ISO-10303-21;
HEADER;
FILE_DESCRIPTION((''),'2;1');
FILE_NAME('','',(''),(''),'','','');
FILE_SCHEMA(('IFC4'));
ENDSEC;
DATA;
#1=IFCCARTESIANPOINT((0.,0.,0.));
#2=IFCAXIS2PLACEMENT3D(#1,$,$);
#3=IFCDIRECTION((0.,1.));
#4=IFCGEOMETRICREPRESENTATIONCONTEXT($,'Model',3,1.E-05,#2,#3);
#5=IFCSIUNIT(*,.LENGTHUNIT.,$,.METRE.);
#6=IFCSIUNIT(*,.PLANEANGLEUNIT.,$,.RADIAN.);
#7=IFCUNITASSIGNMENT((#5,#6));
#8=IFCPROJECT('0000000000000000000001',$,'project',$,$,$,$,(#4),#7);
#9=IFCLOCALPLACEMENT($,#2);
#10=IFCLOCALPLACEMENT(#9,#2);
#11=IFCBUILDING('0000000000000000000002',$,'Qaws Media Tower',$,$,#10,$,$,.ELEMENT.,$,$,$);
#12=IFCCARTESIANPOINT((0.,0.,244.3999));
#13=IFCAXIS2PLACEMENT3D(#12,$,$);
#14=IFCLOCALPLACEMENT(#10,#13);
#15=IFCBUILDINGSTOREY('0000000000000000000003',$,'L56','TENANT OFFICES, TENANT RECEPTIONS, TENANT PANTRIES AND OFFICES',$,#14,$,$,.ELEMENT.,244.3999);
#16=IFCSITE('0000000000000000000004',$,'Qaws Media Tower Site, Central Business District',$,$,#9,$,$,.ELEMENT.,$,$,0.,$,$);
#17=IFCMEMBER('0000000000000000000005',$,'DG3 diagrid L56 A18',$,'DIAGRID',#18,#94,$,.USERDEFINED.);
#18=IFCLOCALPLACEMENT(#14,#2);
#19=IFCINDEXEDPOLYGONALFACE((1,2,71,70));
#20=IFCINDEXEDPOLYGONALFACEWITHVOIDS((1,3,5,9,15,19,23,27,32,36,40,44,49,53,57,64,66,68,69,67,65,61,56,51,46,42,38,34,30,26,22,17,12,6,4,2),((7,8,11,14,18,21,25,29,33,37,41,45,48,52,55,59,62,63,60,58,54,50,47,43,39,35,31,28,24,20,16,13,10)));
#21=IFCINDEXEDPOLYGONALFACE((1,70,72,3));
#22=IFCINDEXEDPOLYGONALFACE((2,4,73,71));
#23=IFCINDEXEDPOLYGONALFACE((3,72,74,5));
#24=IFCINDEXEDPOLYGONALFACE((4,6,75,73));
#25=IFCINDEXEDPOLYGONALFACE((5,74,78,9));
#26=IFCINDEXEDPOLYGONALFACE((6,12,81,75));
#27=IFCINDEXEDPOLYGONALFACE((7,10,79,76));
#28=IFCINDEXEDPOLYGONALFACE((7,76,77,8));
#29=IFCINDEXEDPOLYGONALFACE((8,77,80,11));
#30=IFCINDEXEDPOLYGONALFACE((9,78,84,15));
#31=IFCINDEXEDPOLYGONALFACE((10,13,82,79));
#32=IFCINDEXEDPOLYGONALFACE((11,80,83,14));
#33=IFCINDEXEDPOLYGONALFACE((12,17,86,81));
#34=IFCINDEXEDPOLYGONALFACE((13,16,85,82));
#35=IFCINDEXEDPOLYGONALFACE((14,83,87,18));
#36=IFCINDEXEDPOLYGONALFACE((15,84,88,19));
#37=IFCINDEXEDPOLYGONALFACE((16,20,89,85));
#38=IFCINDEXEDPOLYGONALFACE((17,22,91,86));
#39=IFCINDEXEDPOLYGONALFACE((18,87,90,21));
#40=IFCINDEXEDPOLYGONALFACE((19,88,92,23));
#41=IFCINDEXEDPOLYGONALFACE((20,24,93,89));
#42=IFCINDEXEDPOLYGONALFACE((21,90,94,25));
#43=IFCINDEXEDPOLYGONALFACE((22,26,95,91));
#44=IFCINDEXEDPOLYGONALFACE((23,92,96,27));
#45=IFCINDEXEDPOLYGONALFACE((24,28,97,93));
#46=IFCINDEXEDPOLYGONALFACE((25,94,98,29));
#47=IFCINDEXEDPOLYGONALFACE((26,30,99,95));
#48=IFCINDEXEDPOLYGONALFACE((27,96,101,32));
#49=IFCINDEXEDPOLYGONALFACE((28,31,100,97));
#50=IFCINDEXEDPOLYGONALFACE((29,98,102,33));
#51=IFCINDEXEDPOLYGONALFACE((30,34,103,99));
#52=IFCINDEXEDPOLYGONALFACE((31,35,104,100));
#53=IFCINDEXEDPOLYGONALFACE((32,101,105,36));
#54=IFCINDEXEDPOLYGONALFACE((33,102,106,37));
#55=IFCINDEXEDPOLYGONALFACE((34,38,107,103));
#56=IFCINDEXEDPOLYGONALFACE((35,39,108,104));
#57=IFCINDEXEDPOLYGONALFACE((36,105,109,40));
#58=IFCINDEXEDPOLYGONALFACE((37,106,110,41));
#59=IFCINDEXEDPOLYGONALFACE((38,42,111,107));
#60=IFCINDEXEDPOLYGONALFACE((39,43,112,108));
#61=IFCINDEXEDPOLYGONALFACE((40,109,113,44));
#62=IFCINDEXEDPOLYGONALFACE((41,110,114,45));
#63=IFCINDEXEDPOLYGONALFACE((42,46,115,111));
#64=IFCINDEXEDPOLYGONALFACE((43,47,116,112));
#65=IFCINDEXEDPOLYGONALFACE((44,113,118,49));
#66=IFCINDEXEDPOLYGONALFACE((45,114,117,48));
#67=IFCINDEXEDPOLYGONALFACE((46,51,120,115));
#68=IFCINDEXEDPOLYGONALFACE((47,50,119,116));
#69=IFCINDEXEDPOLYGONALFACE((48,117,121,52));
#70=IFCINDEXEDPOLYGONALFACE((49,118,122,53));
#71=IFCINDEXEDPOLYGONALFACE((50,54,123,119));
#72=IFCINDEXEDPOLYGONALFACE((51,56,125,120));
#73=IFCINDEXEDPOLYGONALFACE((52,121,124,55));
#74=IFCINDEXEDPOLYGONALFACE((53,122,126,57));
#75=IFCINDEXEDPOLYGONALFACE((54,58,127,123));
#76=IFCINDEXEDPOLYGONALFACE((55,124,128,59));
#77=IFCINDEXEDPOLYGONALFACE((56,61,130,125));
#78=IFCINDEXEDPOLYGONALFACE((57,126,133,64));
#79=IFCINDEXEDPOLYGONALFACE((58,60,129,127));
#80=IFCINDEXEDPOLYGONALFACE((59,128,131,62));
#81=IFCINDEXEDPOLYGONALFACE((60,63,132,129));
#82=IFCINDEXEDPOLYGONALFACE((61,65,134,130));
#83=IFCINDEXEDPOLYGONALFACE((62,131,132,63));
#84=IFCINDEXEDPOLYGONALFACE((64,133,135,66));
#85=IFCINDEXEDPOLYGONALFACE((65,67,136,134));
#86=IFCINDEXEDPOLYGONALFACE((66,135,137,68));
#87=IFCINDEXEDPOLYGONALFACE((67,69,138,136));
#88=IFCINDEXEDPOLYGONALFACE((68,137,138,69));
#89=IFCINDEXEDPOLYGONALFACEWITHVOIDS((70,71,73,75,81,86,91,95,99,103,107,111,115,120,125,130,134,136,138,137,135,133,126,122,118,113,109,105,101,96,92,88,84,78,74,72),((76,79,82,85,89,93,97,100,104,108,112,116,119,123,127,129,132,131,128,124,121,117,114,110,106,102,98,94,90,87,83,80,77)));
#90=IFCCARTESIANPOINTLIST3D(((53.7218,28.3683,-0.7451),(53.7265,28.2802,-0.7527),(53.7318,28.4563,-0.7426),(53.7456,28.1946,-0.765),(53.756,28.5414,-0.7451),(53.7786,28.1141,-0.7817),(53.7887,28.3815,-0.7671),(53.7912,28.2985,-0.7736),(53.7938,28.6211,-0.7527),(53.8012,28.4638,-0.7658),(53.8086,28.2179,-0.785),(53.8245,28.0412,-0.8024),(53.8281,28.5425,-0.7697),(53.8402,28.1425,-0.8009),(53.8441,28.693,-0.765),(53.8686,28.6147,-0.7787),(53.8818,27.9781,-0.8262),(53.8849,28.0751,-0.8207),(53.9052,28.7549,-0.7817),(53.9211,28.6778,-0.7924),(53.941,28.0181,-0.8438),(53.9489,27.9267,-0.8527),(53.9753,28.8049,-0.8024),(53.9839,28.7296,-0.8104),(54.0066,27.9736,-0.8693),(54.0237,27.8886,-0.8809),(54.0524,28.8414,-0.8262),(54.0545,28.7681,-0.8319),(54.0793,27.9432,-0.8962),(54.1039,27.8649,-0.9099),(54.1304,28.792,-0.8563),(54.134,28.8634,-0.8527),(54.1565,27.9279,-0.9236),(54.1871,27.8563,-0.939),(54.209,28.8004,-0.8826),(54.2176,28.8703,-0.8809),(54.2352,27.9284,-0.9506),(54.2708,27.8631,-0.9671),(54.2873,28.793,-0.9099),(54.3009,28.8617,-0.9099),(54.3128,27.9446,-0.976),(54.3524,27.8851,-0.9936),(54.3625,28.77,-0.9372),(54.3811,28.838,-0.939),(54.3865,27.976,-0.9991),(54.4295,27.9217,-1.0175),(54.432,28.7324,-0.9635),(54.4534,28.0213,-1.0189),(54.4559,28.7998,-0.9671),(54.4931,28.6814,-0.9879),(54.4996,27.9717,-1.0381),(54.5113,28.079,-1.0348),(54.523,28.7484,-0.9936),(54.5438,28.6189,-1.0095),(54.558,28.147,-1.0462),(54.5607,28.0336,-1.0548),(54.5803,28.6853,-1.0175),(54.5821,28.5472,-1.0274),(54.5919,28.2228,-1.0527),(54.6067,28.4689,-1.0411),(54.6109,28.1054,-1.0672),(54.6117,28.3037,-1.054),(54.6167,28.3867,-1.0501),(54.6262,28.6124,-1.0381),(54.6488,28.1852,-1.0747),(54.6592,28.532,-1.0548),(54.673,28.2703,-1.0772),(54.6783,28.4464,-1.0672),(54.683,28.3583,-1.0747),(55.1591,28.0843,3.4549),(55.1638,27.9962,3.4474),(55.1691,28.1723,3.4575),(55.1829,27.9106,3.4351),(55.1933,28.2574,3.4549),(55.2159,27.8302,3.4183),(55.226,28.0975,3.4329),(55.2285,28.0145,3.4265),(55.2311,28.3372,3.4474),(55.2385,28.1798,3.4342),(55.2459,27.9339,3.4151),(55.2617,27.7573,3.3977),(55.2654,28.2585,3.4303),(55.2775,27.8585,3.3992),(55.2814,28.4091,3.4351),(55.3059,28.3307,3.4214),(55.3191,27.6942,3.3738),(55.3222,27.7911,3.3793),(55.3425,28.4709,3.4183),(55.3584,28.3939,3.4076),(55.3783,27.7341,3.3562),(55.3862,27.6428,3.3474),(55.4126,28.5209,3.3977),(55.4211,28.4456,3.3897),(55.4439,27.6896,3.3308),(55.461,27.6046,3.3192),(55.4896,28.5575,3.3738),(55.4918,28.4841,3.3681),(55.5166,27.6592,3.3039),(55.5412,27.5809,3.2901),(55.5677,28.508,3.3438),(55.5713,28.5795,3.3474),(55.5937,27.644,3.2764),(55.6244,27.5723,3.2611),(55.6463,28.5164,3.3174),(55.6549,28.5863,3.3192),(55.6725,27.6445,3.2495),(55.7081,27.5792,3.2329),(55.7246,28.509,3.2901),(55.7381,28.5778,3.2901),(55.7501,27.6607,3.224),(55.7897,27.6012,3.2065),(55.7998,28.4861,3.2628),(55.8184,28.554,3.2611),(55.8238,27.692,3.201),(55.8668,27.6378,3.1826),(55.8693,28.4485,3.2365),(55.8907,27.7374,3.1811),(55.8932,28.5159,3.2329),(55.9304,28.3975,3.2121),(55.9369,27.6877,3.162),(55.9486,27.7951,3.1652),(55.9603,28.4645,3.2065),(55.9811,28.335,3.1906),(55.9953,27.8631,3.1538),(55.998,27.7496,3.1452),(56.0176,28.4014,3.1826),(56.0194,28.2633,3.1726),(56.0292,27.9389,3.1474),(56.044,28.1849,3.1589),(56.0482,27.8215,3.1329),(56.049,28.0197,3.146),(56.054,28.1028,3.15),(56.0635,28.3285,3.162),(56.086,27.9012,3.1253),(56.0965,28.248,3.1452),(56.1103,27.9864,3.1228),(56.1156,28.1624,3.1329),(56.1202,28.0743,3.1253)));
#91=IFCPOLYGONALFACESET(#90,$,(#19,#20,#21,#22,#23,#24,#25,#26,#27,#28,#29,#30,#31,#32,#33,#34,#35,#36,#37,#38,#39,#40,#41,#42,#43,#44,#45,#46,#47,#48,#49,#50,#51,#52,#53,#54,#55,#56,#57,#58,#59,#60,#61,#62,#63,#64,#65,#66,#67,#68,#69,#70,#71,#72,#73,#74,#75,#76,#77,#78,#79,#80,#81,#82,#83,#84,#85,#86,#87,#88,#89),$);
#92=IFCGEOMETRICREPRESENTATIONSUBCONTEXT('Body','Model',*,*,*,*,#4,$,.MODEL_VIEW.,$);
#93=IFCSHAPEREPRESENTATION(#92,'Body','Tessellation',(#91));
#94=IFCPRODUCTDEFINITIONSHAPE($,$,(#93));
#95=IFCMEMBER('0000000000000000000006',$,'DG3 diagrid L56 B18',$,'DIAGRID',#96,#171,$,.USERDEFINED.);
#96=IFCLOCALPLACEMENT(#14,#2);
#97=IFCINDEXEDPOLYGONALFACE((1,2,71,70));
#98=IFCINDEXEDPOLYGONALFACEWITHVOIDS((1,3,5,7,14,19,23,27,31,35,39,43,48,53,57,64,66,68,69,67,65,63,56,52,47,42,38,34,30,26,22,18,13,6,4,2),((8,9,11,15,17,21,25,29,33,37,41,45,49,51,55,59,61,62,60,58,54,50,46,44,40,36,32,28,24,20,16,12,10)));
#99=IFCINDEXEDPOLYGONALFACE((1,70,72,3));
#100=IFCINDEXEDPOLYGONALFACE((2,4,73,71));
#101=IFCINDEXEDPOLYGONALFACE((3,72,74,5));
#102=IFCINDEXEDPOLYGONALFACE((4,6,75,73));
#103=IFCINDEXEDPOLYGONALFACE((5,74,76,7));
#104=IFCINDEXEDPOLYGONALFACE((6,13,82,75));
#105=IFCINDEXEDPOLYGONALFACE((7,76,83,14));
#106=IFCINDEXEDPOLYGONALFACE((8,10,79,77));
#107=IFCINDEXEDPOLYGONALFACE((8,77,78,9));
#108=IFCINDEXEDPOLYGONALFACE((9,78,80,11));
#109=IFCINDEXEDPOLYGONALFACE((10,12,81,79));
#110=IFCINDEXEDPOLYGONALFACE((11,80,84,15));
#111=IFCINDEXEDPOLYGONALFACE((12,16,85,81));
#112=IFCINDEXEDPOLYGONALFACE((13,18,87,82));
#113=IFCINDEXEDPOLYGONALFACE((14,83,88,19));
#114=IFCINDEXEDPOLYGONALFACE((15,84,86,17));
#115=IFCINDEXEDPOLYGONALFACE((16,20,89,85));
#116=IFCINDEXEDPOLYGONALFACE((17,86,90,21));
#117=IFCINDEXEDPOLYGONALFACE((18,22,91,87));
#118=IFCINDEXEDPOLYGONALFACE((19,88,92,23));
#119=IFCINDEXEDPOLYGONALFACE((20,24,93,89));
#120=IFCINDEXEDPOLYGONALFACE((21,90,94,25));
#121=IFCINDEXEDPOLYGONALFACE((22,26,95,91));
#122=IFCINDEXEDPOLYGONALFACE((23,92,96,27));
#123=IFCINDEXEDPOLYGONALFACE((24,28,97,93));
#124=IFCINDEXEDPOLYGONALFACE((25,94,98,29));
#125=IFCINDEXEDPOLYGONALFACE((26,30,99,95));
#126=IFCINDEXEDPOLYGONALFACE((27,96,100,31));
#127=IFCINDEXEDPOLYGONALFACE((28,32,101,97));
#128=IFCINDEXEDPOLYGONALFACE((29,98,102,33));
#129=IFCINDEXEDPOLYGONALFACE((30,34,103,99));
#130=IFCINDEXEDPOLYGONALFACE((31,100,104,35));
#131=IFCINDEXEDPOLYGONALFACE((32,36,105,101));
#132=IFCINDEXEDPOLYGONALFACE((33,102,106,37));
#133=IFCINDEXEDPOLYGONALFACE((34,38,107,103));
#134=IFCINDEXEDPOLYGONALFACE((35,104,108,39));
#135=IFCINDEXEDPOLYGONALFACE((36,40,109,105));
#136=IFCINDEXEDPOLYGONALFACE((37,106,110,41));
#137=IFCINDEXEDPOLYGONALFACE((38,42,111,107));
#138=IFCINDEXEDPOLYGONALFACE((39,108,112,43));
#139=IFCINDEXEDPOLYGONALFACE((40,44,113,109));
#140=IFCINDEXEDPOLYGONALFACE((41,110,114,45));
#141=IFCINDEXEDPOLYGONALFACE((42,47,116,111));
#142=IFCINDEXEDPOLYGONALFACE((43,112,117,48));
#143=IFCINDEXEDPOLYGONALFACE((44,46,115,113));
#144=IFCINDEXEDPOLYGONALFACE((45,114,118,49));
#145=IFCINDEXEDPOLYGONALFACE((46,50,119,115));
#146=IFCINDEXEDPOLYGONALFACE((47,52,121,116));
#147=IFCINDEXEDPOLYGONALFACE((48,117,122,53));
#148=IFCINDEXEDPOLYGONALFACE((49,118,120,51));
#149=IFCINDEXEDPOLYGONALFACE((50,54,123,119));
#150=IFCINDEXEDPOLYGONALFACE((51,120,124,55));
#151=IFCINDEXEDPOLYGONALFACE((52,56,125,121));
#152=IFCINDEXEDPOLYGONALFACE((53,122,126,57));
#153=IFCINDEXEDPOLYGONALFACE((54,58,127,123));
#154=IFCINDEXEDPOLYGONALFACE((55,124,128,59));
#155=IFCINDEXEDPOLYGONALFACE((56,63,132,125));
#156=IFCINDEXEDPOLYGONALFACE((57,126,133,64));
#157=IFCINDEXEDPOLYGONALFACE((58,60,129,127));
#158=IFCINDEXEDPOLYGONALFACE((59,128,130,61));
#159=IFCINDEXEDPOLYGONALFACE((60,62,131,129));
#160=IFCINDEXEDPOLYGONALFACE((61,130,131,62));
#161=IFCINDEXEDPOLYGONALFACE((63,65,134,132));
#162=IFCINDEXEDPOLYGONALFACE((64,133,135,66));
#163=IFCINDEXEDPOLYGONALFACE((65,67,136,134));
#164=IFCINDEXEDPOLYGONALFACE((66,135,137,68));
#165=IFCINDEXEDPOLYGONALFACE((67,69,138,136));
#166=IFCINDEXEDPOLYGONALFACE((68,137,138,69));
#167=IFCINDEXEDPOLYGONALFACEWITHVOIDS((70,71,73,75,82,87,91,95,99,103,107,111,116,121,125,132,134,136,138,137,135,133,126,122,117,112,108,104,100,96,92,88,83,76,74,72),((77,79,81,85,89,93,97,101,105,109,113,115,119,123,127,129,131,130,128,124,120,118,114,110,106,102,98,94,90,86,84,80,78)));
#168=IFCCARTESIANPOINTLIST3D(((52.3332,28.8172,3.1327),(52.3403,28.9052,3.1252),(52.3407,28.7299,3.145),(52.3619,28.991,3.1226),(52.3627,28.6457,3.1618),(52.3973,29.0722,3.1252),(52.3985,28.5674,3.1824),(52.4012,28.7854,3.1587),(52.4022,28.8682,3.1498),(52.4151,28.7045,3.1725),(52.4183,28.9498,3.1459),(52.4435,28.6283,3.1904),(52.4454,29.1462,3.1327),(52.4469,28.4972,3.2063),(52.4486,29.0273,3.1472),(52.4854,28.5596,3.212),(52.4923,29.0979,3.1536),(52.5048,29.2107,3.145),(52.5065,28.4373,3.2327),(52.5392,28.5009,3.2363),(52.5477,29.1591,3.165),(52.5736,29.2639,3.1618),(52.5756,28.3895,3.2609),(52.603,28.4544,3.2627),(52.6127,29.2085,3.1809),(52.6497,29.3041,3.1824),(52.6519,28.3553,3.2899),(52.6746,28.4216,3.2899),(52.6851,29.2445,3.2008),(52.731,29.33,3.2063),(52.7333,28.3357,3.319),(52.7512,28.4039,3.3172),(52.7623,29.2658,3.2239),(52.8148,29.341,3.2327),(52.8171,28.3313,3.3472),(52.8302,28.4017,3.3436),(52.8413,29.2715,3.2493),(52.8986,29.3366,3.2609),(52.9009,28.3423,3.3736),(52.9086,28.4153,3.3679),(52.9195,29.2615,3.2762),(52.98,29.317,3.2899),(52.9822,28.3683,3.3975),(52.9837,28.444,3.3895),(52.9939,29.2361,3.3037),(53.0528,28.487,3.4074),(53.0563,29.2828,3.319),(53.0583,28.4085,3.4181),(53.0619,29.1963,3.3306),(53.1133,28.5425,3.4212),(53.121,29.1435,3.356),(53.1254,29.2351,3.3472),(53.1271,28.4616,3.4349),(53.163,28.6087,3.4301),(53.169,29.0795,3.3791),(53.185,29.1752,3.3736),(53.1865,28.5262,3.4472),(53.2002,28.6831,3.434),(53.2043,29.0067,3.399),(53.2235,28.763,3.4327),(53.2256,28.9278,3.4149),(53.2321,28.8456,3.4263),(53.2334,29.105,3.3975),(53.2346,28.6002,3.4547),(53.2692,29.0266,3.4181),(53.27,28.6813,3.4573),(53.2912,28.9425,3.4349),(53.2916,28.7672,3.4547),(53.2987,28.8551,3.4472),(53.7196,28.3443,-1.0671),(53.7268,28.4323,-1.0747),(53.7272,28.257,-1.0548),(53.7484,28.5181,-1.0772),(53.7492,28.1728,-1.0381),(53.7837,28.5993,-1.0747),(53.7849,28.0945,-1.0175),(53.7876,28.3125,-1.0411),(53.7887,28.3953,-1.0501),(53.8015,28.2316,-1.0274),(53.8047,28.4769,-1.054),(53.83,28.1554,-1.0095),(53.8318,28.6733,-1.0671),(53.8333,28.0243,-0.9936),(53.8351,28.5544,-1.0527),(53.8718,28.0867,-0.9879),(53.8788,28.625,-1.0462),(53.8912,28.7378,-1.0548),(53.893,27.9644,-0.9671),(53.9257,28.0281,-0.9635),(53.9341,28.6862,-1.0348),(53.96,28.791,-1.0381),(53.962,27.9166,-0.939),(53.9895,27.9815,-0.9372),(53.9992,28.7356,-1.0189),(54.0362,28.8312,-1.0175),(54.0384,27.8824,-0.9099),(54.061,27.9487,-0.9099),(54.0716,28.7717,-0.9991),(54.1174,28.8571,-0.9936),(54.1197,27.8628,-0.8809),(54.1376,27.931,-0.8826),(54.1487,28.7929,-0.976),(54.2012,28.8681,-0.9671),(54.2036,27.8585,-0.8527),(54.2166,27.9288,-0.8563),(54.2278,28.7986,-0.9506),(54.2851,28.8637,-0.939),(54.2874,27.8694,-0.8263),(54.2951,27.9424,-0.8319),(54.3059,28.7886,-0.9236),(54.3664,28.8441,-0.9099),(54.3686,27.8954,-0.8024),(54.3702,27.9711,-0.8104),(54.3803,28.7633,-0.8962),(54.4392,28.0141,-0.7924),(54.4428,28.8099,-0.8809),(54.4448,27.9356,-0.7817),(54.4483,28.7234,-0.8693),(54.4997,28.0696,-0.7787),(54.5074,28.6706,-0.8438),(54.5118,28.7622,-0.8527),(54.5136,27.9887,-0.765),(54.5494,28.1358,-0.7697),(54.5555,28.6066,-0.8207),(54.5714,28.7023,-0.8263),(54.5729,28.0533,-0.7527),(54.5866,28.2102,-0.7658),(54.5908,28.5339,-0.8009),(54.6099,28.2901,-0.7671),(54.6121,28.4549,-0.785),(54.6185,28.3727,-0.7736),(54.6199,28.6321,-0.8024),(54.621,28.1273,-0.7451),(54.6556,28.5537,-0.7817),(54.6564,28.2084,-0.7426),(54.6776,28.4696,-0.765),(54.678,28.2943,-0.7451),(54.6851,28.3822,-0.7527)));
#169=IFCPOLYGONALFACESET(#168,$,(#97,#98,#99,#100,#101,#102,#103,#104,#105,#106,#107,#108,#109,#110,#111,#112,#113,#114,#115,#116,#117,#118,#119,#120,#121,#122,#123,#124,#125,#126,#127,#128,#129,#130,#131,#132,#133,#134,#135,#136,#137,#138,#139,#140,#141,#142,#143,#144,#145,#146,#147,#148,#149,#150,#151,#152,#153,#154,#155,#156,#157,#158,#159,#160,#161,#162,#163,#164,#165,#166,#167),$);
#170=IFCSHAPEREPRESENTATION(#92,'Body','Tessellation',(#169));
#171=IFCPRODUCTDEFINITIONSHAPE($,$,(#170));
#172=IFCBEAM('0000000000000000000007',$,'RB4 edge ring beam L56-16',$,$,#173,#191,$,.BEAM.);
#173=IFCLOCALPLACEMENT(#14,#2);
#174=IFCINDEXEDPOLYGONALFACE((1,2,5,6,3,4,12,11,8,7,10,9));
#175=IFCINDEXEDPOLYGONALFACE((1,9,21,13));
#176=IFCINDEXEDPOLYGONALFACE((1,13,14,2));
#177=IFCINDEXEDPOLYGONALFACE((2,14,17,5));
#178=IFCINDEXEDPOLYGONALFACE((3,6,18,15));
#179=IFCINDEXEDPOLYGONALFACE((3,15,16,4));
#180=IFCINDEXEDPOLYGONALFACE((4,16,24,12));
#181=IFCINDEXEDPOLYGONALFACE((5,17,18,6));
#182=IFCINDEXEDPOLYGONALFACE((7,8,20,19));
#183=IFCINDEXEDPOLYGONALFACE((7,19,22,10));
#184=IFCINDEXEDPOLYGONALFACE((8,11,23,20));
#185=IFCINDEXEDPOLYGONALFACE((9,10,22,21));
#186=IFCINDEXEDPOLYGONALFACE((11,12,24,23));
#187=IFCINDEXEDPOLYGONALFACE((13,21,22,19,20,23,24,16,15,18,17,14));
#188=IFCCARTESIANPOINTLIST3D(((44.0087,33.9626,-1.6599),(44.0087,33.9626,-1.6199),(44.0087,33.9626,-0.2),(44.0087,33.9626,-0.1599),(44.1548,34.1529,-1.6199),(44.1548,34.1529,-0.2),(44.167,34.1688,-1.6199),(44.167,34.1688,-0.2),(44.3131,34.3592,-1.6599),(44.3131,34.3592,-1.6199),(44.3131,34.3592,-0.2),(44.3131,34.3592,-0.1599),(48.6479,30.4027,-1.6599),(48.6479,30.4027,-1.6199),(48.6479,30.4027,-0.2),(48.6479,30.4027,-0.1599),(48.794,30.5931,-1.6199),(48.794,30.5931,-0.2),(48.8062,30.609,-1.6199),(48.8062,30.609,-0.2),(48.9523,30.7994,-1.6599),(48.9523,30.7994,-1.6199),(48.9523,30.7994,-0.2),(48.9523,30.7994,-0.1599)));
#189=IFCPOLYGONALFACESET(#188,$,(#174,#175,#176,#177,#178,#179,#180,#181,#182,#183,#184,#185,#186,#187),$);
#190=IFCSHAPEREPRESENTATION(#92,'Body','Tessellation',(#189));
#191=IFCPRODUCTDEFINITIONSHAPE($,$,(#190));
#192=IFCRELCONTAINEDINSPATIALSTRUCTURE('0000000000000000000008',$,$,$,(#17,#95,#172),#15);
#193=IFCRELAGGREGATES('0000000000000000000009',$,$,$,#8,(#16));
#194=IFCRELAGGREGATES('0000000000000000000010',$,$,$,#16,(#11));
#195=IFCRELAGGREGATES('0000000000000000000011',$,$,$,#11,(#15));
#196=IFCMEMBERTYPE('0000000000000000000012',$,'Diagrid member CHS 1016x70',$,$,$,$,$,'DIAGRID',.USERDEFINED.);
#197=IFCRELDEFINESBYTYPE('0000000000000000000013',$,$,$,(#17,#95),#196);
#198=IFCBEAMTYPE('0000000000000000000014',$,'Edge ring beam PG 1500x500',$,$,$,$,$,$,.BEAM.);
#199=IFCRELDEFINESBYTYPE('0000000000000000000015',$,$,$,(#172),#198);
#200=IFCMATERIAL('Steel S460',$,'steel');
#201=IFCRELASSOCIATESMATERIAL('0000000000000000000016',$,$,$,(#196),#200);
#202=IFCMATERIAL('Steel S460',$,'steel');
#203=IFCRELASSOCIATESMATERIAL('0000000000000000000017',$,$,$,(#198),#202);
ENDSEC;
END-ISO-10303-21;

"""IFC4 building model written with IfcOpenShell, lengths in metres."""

from ifc_helpers import new_model, si_unit, direction, frame, origin, origin_2d, place, context, subcontext, project, spatial, hollow_circle, i_section, extrude, material, material_profile, profile_set, type_object, element, save


model = new_model("IFC4")

# Units and contexts
model_context = context("Model", 3, precision=1e-05, world=origin(), true_north=direction((0.0, 1.0)))
body_context = subcontext(model_context, "Body", "Model", "MODEL_VIEW")
ifc_project = project(units=[si_unit("LENGTHUNIT", "METRE"), si_unit("PLANEANGLEUNIT", "RADIAN")], contexts=[model_context])

# Site, building, storey
site_placement = place(None, origin())
site = spatial("IfcSite", under=ifc_project, at=site_placement, Name="Qaws Media Tower Site, Central Business District", CompositionType="ELEMENT", RefElevation=0.0)
building_placement = place(site_placement, origin())
building = spatial("IfcBuilding", under=site, at=building_placement, Name="Qaws Media Tower", CompositionType="ELEMENT")
storey_placement = place(building_placement, frame((0.0, 0.0, 244.3999)))
storey = spatial("IfcBuildingStorey", under=building, at=storey_placement, Name="L56", Description="TENANT OFFICES, TENANT RECEPTIONS, TENANT PANTRIES AND OFFICES", CompositionType="ELEMENT", Elevation=244.3999)

# Members
ifc_material_1 = material(Name="Steel S460", Category="steel")
ifc_material_profile_1 = material_profile(ifc_material_1, hollow_circle(Radius=0.5081, WallThickness=0.0701, at=origin_2d()), Name="CHS 1016x70")
ifc_profile_set_1 = profile_set([ifc_material_profile_1], Name="Steel S460")
member_type_1 = type_object("IfcMemberType", Name="Diagrid member CHS 1016x70", ElementType="DIAGRID", PredefinedType="USERDEFINED", material=ifc_profile_set_1)
for number, where, z_axis, x_axis, name in (
    (1, (54.2024, 28.3633, -0.9099), (0.323114, -0.063832, 0.944205), (0.193808, 0.981039, 0.0), "DG3 diagrid L56 A18"),
):
    element("IfcMember", number, at=place(storey_placement, frame(where, z_axis=z_axis, x_axis=x_axis)), inside=storey, type_object=member_type_1, Name=name, ObjectType="DIAGRID", PredefinedType="USERDEFINED", context=body_context, shape_type="SweptSolid", body=[
        extrude(hollow_circle(Radius=0.5081, WallThickness=0.0701, at=origin_2d()), origin(), (0.0, 0.0, 1.0), 4.4482),
    ])
member_1_placement = place(storey_placement, frame((54.2024, 28.3633, -0.9099), z_axis=(-0.311701, 0.106315, 0.944214), x_axis=(-0.32282, -0.94646, 0.0)))
element("IfcMember", 2, at=member_1_placement, inside=storey, type_object=member_type_1, Name="DG3 diagrid L56 B18", ObjectType="DIAGRID", PredefinedType="USERDEFINED", context=body_context, shape_type="SweptSolid", body=[
    extrude(hollow_circle(Radius=0.5081, WallThickness=0.0701, at=origin_2d()), origin(), (0.0, 0.0, 1.0), 4.448),
])

# Beam
ifc_material_2 = material(Name="Steel S460", Category="steel")
ifc_material_profile_2 = material_profile(ifc_material_2, i_section(OverallWidth=0.5, OverallDepth=1.5, WebThickness=0.02, FlangeThickness=0.04, at=origin_2d()), Name="PG 1500x500")
ifc_profile_set_2 = profile_set([ifc_material_profile_2], Name="Steel S460")
beam_type = type_object("IfcBeamType", Name="Edge ring beam PG 1500x500", PredefinedType="BEAM", material=ifc_profile_set_2)
beam_1_placement = place(storey_placement, frame((44.1609, 34.1609, -0.9099), z_axis=(0.793348, -0.608768, 0.0), x_axis=(0.608768, 0.793348, 0.0)))
element("IfcBeam", 3, at=beam_1_placement, inside=storey, type_object=beam_type, Name="RB4 edge ring beam L56-16", PredefinedType="BEAM", context=body_context, shape_type="SweptSolid", body=[
    extrude(i_section(OverallWidth=0.5, OverallDepth=1.5, WebThickness=0.02, FlangeThickness=0.04, at=origin_2d()), origin(), (0.0, 0.0, 1.0), 5.8477),
])

save(model, "model.ifc")
